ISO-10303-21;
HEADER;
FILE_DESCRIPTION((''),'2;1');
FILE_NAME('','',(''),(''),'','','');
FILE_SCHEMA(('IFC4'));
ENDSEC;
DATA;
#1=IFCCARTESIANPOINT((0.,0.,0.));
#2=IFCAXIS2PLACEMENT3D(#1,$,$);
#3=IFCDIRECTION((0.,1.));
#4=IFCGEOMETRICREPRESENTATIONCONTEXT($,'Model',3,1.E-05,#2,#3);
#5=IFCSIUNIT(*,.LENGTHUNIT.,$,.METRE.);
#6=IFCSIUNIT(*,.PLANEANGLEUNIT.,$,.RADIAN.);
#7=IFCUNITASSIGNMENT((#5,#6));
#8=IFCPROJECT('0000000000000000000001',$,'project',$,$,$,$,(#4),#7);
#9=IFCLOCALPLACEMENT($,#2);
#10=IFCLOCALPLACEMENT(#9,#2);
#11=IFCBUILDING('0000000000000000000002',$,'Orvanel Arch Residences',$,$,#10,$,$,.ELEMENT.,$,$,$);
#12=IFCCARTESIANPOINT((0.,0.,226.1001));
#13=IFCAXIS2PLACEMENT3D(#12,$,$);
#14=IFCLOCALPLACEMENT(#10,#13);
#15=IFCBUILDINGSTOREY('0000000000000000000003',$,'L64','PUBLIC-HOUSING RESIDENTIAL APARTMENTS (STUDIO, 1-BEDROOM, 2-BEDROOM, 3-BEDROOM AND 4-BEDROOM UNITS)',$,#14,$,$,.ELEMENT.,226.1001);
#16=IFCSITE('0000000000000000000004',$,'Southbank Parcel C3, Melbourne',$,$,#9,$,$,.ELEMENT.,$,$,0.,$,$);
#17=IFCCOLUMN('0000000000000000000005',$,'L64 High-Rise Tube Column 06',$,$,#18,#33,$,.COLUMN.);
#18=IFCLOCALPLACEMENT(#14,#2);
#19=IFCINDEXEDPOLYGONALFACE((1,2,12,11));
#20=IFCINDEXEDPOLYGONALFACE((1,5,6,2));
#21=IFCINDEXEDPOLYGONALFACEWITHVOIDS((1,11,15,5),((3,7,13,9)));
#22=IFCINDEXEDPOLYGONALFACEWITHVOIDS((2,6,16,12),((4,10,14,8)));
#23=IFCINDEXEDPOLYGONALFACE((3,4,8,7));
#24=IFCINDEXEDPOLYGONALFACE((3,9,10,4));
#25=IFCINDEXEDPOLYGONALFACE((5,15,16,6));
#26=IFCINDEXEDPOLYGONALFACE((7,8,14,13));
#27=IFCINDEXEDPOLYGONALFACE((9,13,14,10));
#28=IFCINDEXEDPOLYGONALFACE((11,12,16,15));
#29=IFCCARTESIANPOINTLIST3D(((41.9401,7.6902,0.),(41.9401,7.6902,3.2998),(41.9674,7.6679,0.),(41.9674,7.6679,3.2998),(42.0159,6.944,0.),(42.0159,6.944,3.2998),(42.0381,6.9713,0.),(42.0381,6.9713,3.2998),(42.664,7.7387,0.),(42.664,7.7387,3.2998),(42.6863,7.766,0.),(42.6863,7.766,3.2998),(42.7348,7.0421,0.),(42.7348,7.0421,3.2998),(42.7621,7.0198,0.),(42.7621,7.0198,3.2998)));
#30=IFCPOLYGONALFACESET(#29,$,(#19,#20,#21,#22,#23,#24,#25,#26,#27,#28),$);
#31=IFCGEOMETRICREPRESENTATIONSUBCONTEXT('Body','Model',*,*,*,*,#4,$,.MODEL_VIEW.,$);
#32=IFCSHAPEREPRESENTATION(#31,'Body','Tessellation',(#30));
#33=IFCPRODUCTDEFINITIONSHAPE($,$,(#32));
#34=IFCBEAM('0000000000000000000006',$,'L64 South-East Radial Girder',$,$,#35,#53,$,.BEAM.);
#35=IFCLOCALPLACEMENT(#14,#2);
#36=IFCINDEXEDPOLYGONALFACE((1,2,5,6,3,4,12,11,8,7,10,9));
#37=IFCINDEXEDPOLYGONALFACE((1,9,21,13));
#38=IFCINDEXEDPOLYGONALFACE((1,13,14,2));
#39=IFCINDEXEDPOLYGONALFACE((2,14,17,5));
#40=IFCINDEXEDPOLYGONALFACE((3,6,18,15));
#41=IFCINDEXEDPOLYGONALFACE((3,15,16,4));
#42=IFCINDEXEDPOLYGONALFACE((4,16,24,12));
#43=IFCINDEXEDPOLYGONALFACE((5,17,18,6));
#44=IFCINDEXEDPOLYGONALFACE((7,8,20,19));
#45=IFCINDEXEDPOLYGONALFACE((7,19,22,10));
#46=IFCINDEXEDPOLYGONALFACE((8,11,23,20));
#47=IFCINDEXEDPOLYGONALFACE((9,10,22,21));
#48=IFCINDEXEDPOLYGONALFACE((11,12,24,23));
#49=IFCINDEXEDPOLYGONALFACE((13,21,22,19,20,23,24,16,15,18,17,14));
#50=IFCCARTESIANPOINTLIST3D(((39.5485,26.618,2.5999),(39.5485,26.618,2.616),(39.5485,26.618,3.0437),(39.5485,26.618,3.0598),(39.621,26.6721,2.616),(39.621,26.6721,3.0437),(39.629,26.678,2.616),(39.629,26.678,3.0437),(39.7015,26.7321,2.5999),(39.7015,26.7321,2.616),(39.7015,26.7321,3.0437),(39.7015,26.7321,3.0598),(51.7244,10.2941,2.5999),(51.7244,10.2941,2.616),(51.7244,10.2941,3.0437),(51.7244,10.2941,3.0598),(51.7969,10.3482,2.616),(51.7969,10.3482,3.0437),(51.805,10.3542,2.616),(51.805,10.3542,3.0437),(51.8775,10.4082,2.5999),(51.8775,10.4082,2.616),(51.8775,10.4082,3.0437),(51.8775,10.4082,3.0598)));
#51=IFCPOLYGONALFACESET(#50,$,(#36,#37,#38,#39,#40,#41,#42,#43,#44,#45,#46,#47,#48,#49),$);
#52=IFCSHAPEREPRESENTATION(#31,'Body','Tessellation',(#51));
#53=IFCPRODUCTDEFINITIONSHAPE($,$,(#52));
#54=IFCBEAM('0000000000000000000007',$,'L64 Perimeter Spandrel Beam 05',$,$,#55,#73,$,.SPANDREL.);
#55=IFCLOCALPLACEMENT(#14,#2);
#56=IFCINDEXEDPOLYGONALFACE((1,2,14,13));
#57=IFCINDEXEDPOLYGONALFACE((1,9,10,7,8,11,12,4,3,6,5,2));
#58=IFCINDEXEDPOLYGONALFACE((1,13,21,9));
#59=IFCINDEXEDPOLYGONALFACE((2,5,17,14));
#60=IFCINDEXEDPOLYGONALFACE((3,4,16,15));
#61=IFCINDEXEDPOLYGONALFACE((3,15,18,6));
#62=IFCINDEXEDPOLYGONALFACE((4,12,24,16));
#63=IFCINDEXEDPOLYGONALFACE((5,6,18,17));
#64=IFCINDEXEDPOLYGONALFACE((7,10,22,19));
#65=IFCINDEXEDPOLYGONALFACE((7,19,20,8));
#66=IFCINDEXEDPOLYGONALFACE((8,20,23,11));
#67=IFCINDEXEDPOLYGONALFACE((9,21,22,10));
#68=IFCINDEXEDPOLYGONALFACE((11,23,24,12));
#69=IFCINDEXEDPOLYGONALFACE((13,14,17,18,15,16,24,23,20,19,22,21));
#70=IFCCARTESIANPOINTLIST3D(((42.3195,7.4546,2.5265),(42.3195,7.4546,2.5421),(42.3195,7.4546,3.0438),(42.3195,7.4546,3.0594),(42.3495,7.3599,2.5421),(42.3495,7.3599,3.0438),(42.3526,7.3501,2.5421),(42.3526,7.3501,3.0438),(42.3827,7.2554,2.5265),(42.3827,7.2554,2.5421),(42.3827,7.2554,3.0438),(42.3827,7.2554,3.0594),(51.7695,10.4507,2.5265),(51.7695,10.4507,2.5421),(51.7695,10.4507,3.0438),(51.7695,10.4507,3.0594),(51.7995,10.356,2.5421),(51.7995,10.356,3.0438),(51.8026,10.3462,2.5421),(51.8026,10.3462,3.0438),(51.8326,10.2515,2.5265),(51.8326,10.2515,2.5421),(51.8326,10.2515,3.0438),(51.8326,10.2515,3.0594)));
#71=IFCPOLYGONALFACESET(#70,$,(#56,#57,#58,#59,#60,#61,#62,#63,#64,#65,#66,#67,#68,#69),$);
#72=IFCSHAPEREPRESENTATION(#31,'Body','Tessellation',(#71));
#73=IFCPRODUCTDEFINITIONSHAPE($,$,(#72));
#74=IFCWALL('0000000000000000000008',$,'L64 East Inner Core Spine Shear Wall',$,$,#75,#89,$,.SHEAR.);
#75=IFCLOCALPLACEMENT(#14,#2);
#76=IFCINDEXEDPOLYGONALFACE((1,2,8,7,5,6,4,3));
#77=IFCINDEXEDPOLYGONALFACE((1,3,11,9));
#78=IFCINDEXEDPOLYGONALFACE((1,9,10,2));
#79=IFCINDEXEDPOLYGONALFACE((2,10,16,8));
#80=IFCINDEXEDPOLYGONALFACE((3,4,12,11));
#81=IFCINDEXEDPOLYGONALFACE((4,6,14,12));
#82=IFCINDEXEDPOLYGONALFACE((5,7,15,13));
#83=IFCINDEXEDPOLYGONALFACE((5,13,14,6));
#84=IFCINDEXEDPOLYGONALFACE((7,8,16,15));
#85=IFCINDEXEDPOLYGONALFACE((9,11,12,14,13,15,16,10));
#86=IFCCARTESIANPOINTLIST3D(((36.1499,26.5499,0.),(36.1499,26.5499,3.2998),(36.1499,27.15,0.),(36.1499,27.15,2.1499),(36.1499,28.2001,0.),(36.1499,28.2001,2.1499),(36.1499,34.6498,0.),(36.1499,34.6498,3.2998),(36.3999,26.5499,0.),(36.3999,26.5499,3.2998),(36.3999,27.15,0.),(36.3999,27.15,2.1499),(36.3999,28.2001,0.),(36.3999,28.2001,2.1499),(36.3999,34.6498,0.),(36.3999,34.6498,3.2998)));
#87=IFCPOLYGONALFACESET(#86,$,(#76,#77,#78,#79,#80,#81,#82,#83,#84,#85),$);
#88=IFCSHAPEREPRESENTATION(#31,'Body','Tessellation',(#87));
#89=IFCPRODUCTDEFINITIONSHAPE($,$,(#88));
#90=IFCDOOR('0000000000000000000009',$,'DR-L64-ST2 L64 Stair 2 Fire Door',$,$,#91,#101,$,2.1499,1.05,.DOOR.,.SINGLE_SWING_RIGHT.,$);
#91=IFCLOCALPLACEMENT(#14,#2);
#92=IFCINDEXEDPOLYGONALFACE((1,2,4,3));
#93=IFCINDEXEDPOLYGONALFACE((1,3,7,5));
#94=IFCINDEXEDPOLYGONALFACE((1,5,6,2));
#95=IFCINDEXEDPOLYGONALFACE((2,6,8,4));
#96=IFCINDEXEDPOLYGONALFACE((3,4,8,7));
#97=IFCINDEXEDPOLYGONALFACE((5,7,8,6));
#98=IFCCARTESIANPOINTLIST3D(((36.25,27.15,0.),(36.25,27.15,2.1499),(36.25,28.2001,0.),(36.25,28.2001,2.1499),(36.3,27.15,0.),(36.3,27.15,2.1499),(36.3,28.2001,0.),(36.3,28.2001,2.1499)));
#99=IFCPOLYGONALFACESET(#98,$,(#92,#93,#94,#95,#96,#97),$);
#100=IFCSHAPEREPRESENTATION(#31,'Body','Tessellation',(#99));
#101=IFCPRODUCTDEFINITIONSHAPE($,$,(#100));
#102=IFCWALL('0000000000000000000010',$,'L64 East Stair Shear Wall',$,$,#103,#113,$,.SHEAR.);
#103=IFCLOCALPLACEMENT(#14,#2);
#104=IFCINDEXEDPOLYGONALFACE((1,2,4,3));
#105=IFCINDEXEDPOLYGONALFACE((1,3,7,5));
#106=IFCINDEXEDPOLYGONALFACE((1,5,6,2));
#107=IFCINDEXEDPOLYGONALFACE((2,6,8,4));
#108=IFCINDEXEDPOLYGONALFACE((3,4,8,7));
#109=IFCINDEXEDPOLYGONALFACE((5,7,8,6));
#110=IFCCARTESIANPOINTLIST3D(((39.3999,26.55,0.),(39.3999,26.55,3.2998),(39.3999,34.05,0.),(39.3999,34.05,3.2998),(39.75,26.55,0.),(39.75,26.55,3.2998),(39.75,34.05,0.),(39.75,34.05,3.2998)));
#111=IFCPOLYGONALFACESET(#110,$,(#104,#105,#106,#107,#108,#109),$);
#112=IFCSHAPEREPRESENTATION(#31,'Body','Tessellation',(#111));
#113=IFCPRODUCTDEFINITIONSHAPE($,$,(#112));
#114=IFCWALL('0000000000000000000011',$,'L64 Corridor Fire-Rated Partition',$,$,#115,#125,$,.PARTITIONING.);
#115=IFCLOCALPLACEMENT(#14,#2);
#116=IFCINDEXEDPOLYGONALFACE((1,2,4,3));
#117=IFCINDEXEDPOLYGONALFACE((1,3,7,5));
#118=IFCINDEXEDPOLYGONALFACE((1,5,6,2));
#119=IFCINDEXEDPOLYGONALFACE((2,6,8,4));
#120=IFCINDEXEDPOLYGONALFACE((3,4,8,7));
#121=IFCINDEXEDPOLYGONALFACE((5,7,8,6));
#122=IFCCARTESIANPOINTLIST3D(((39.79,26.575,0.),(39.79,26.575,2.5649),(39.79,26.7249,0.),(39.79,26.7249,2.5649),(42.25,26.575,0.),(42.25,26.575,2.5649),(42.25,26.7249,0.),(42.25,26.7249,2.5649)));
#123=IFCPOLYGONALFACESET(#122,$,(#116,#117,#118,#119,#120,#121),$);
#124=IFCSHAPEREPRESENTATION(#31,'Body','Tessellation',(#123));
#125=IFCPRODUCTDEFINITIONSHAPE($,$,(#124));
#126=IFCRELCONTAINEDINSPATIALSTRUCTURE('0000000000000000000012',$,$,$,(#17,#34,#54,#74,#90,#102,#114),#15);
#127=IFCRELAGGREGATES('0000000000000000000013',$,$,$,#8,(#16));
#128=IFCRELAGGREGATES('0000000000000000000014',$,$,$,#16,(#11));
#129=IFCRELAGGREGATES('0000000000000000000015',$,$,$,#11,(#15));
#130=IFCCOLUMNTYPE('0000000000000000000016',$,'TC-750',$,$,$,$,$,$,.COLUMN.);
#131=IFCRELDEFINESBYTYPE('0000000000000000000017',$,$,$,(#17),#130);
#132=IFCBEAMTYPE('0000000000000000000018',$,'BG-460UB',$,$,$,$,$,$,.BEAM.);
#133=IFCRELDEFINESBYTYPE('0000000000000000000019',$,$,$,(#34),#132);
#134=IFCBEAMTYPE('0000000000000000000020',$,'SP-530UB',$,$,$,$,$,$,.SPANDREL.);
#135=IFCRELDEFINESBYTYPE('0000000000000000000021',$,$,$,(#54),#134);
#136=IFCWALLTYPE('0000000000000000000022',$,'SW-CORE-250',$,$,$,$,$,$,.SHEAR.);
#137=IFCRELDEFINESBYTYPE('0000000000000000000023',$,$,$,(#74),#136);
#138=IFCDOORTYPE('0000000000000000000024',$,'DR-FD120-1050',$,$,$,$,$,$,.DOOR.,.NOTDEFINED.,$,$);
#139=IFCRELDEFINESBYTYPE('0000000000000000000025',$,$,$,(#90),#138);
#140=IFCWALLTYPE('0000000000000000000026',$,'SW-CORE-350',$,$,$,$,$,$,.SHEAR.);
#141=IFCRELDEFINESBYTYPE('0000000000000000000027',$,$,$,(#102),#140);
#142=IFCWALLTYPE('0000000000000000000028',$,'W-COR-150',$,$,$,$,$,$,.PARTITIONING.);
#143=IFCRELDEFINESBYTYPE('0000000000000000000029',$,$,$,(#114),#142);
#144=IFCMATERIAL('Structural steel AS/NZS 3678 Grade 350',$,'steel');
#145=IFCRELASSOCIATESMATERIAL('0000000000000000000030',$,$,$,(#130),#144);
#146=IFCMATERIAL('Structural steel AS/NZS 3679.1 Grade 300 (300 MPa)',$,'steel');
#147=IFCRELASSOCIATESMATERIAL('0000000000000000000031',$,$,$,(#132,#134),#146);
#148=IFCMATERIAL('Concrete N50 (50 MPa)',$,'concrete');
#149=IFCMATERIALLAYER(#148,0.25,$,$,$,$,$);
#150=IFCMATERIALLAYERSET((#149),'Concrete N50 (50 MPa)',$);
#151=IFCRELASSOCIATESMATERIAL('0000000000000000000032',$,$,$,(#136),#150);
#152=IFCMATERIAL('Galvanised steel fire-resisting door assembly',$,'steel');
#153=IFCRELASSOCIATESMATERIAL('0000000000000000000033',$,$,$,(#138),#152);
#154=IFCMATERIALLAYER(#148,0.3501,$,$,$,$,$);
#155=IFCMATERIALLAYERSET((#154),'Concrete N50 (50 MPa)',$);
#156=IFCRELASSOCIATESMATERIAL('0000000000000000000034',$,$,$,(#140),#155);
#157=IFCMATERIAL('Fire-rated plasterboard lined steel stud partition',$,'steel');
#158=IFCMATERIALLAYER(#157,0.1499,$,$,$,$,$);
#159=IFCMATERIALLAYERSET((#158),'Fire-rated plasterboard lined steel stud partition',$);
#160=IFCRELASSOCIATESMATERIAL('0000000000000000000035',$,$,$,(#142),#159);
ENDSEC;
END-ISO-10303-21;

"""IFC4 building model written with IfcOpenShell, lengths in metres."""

from ifc_helpers import new_model, si_unit, direction, frame, frame_2d, origin, origin_2d, place, context, subcontext, project, spatial, rectangle, hollow_rectangle, i_section, extrude, material, layer, layer_set, material_profile, profile_set, type_object, element, fill, save


model = new_model("IFC4")

# Units and contexts
model_context = context("Model", 3, precision=1e-05, world=origin(), true_north=direction((0.0, 1.0)))
body_context = subcontext(model_context, "Body", "Model", "MODEL_VIEW")
ifc_project = project(units=[si_unit("LENGTHUNIT", "METRE"), si_unit("PLANEANGLEUNIT", "RADIAN")], contexts=[model_context])

# Site, building, storey
site_placement = place(None, origin())
site = spatial("IfcSite", under=ifc_project, at=site_placement, Name="Southbank Parcel C3, Melbourne", CompositionType="ELEMENT", RefElevation=0.0)
building_placement = place(site_placement, origin())
building = spatial("IfcBuilding", under=site, at=building_placement, Name="Orvanel Arch Residences", CompositionType="ELEMENT")
storey_placement = place(building_placement, frame((0.0, 0.0, 226.1001)))
storey = spatial("IfcBuildingStorey", under=building, at=storey_placement, Name="L64", Description="PUBLIC-HOUSING RESIDENTIAL APARTMENTS (STUDIO, 1-BEDROOM, 2-BEDROOM, 3-BEDROOM AND 4-BEDROOM UNITS)", CompositionType="ELEMENT", Elevation=226.1001)

# Column
ifc_material_1 = material(Name="Structural steel AS/NZS 3678 Grade 350", Category="steel")
ifc_material_profile_1 = material_profile(ifc_material_1, hollow_rectangle(XDim=0.75, YDim=0.75, WallThickness=0.0249, at=origin_2d()), Name="BOX750x750x25")
ifc_profile_set_1 = profile_set([ifc_material_profile_1], Name="Structural steel AS/NZS 3678 Grade 350")
column_type = type_object("IfcColumnType", Name="TC-750", PredefinedType="COLUMN", material=ifc_profile_set_1)
column_placement = place(storey_placement, frame((42.3511, 7.355, 0.0), z_axis=(0.0, 0.0, 1.0), x_axis=(0.994881, 0.101056, 0.0)))
element("IfcColumn", 1, at=column_placement, inside=storey, type_object=column_type, Name="L64 High-Rise Tube Column 06", PredefinedType="COLUMN", context=body_context, shape_type="SweptSolid", body=[
    extrude(hollow_rectangle(XDim=0.75, YDim=0.75, WallThickness=0.0249, at=origin_2d()), origin(), (0.0, 0.0, 1.0), 3.2998),
])

# Beams
ifc_material_2 = material(Name="Structural steel AS/NZS 3679.1 Grade 300 (300 MPa)", Category="steel")
ifc_material_profile_2 = material_profile(ifc_material_2, i_section(OverallWidth=0.1909, OverallDepth=0.46, WebThickness=0.01, FlangeThickness=0.0161, at=origin_2d()), Name="460UB82.1")
ifc_profile_set_2 = profile_set([ifc_material_profile_2], Name="Structural steel AS/NZS 3679.1 Grade 300 (300 MPa)")
beam_type_1 = type_object("IfcBeamType", Name="BG-460UB", PredefinedType="BEAM", material=ifc_profile_set_2)
beam_1_placement = place(storey_placement, frame((39.625, 26.675, 2.8298), z_axis=(0.597894, -0.801575, 0.0), x_axis=(0.801575, 0.597894, 0.0)))
element("IfcBeam", 2, at=beam_1_placement, inside=storey, type_object=beam_type_1, Name="L64 South-East Radial Girder", PredefinedType="BEAM", context=body_context, shape_type="SweptSolid", body=[
    extrude(i_section(OverallWidth=0.1909, OverallDepth=0.46, WebThickness=0.01, FlangeThickness=0.0161, at=origin_2d()), origin(), (0.0, 0.0, 1.0), 20.3647),
])
ifc_material_profile_3 = material_profile(ifc_material_2, i_section(OverallWidth=0.209, OverallDepth=0.533, WebThickness=0.0103, FlangeThickness=0.0156, at=origin_2d()), Name="530UB92.4")
ifc_profile_set_3 = profile_set([ifc_material_profile_3], Name="Structural steel AS/NZS 3679.1 Grade 300 (300 MPa)")
beam_type_2 = type_object("IfcBeamType", Name="SP-530UB", PredefinedType="SPANDREL", material=ifc_profile_set_3)
beam_2_placement = place(storey_placement, frame((42.3511, 7.355, 2.793), z_axis=(0.953237, 0.302223, 0.0), x_axis=(-0.302223, 0.953237, 0.0)))
element("IfcBeam", 3, at=beam_2_placement, inside=storey, type_object=beam_type_2, Name="L64 Perimeter Spandrel Beam 05", PredefinedType="SPANDREL", context=body_context, shape_type="SweptSolid", body=[
    extrude(i_section(OverallWidth=0.209, OverallDepth=0.533, WebThickness=0.0103, FlangeThickness=0.0156, at=origin_2d()), origin(), (0.0, 0.0, 1.0), 9.9136),
])

# Wall, opening, door
ifc_material_3 = material(Name="Concrete N50 (50 MPa)", Category="concrete")
ifc_layer_1 = layer(ifc_material_3, 0.25)
ifc_layer_set_1 = layer_set([ifc_layer_1], Name="Concrete N50 (50 MPa)")
wall_type_1 = type_object("IfcWallType", Name="SW-CORE-250", PredefinedType="SHEAR", material=ifc_layer_set_1)
wall_1_placement = place(storey_placement, frame((36.2749, 26.55, 0.0), z_axis=(0.0, 0.0, 1.0), x_axis=(0.0, 1.0, 0.0)))
wall_1 = element("IfcWall", 4, at=wall_1_placement, inside=storey, type_object=wall_type_1, Name="L64 East Inner Core Spine Shear Wall", PredefinedType="SHEAR", context=body_context, shape_type="SweptSolid", body=[
    extrude(rectangle(XDim=8.0999, YDim=0.25, at=frame_2d((4.0498, 0.0))), origin(), (0.0, 0.0, 1.0), 3.2998),
])
opening_1_placement = place(wall_1_placement, frame((0.6001, 0.0, 0.0)))
opening_1 = element("IfcOpeningElement", 5, at=opening_1_placement, cuts=wall_1, PredefinedType="OPENING", context=body_context, shape_type="SweptSolid", body=[
    extrude(rectangle(XDim=1.05, YDim=2.1499, at=frame_2d((0.5249, 1.075))), frame((0.0, 0.135, 0.0), z_axis=(0.0, -1.0, 0.0), x_axis=(1.0, 0.0, 0.0)), (0.0, 0.0, 1.0), 0.27),
])
ifc_material_4 = material(Name="Galvanised steel fire-resisting door assembly", Category="steel")
door_type_1 = type_object("IfcDoorType", Name="DR-FD120-1050", OperationType="NOTDEFINED", PredefinedType="DOOR", material=ifc_material_4)
door_1_placement = place(opening_1_placement, origin())
door_1 = element("IfcDoor", 6, at=door_1_placement, inside=storey, type_object=door_type_1, Name="DR-L64-ST2 L64 Stair 2 Fire Door", OperationType="SINGLE_SWING_RIGHT", OverallHeight=2.1499, OverallWidth=1.05, PredefinedType="DOOR", context=body_context, shape_type="SweptSolid", body=[
    extrude(rectangle(XDim=1.05, YDim=2.1499, at=frame_2d((0.5249, 1.075))), frame((0.0, 0.0249, 0.0), z_axis=(0.0, -1.0, 0.0), x_axis=(1.0, 0.0, 0.0)), (0.0, 0.0, 1.0), 0.05),
])
fill(opening_1, door_1)

# Wall
ifc_layer_2 = layer(ifc_material_3, 0.3501)
ifc_layer_set_2 = layer_set([ifc_layer_2], Name="Concrete N50 (50 MPa)")
wall_type_2 = type_object("IfcWallType", Name="SW-CORE-350", PredefinedType="SHEAR", material=ifc_layer_set_2)
wall_2_placement = place(storey_placement, frame((39.575, 26.55, 0.0), z_axis=(0.0, 0.0, 1.0), x_axis=(0.0, 1.0, 0.0)))
element("IfcWall", 7, at=wall_2_placement, inside=storey, type_object=wall_type_2, Name="L64 East Stair Shear Wall", PredefinedType="SHEAR", context=body_context, shape_type="SweptSolid", body=[
    extrude(rectangle(XDim=7.5, YDim=0.3501, at=frame_2d((3.75, 0.0))), origin(), (0.0, 0.0, 1.0), 3.2998),
])

# Shared definitions
ifc_material_5 = material(Name="Fire-rated plasterboard lined steel stud partition", Category="steel")
ifc_layer_3 = layer(ifc_material_5, 0.1499)
ifc_layer_set_3 = layer_set([ifc_layer_3], Name="Fire-rated plasterboard lined steel stud partition")
wall_type_3 = type_object("IfcWallType", Name="W-COR-150", PredefinedType="PARTITIONING", material=ifc_layer_set_3)

# Wall
wall_3_placement = place(storey_placement, frame((39.79, 26.6499, 0.0), z_axis=(0.0, 0.0, 1.0), x_axis=(1.0, 0.0, 0.0)))
element("IfcWall", 8, at=wall_3_placement, inside=storey, type_object=wall_type_3, Name="L64 Corridor Fire-Rated Partition", PredefinedType="PARTITIONING", context=body_context, shape_type="SweptSolid", body=[
    extrude(rectangle(XDim=2.46, YDim=0.1499, at=frame_2d((1.23, 0.0))), origin(), (0.0, 0.0, 1.0), 2.5649),
])

save(model, "model.ifc")
